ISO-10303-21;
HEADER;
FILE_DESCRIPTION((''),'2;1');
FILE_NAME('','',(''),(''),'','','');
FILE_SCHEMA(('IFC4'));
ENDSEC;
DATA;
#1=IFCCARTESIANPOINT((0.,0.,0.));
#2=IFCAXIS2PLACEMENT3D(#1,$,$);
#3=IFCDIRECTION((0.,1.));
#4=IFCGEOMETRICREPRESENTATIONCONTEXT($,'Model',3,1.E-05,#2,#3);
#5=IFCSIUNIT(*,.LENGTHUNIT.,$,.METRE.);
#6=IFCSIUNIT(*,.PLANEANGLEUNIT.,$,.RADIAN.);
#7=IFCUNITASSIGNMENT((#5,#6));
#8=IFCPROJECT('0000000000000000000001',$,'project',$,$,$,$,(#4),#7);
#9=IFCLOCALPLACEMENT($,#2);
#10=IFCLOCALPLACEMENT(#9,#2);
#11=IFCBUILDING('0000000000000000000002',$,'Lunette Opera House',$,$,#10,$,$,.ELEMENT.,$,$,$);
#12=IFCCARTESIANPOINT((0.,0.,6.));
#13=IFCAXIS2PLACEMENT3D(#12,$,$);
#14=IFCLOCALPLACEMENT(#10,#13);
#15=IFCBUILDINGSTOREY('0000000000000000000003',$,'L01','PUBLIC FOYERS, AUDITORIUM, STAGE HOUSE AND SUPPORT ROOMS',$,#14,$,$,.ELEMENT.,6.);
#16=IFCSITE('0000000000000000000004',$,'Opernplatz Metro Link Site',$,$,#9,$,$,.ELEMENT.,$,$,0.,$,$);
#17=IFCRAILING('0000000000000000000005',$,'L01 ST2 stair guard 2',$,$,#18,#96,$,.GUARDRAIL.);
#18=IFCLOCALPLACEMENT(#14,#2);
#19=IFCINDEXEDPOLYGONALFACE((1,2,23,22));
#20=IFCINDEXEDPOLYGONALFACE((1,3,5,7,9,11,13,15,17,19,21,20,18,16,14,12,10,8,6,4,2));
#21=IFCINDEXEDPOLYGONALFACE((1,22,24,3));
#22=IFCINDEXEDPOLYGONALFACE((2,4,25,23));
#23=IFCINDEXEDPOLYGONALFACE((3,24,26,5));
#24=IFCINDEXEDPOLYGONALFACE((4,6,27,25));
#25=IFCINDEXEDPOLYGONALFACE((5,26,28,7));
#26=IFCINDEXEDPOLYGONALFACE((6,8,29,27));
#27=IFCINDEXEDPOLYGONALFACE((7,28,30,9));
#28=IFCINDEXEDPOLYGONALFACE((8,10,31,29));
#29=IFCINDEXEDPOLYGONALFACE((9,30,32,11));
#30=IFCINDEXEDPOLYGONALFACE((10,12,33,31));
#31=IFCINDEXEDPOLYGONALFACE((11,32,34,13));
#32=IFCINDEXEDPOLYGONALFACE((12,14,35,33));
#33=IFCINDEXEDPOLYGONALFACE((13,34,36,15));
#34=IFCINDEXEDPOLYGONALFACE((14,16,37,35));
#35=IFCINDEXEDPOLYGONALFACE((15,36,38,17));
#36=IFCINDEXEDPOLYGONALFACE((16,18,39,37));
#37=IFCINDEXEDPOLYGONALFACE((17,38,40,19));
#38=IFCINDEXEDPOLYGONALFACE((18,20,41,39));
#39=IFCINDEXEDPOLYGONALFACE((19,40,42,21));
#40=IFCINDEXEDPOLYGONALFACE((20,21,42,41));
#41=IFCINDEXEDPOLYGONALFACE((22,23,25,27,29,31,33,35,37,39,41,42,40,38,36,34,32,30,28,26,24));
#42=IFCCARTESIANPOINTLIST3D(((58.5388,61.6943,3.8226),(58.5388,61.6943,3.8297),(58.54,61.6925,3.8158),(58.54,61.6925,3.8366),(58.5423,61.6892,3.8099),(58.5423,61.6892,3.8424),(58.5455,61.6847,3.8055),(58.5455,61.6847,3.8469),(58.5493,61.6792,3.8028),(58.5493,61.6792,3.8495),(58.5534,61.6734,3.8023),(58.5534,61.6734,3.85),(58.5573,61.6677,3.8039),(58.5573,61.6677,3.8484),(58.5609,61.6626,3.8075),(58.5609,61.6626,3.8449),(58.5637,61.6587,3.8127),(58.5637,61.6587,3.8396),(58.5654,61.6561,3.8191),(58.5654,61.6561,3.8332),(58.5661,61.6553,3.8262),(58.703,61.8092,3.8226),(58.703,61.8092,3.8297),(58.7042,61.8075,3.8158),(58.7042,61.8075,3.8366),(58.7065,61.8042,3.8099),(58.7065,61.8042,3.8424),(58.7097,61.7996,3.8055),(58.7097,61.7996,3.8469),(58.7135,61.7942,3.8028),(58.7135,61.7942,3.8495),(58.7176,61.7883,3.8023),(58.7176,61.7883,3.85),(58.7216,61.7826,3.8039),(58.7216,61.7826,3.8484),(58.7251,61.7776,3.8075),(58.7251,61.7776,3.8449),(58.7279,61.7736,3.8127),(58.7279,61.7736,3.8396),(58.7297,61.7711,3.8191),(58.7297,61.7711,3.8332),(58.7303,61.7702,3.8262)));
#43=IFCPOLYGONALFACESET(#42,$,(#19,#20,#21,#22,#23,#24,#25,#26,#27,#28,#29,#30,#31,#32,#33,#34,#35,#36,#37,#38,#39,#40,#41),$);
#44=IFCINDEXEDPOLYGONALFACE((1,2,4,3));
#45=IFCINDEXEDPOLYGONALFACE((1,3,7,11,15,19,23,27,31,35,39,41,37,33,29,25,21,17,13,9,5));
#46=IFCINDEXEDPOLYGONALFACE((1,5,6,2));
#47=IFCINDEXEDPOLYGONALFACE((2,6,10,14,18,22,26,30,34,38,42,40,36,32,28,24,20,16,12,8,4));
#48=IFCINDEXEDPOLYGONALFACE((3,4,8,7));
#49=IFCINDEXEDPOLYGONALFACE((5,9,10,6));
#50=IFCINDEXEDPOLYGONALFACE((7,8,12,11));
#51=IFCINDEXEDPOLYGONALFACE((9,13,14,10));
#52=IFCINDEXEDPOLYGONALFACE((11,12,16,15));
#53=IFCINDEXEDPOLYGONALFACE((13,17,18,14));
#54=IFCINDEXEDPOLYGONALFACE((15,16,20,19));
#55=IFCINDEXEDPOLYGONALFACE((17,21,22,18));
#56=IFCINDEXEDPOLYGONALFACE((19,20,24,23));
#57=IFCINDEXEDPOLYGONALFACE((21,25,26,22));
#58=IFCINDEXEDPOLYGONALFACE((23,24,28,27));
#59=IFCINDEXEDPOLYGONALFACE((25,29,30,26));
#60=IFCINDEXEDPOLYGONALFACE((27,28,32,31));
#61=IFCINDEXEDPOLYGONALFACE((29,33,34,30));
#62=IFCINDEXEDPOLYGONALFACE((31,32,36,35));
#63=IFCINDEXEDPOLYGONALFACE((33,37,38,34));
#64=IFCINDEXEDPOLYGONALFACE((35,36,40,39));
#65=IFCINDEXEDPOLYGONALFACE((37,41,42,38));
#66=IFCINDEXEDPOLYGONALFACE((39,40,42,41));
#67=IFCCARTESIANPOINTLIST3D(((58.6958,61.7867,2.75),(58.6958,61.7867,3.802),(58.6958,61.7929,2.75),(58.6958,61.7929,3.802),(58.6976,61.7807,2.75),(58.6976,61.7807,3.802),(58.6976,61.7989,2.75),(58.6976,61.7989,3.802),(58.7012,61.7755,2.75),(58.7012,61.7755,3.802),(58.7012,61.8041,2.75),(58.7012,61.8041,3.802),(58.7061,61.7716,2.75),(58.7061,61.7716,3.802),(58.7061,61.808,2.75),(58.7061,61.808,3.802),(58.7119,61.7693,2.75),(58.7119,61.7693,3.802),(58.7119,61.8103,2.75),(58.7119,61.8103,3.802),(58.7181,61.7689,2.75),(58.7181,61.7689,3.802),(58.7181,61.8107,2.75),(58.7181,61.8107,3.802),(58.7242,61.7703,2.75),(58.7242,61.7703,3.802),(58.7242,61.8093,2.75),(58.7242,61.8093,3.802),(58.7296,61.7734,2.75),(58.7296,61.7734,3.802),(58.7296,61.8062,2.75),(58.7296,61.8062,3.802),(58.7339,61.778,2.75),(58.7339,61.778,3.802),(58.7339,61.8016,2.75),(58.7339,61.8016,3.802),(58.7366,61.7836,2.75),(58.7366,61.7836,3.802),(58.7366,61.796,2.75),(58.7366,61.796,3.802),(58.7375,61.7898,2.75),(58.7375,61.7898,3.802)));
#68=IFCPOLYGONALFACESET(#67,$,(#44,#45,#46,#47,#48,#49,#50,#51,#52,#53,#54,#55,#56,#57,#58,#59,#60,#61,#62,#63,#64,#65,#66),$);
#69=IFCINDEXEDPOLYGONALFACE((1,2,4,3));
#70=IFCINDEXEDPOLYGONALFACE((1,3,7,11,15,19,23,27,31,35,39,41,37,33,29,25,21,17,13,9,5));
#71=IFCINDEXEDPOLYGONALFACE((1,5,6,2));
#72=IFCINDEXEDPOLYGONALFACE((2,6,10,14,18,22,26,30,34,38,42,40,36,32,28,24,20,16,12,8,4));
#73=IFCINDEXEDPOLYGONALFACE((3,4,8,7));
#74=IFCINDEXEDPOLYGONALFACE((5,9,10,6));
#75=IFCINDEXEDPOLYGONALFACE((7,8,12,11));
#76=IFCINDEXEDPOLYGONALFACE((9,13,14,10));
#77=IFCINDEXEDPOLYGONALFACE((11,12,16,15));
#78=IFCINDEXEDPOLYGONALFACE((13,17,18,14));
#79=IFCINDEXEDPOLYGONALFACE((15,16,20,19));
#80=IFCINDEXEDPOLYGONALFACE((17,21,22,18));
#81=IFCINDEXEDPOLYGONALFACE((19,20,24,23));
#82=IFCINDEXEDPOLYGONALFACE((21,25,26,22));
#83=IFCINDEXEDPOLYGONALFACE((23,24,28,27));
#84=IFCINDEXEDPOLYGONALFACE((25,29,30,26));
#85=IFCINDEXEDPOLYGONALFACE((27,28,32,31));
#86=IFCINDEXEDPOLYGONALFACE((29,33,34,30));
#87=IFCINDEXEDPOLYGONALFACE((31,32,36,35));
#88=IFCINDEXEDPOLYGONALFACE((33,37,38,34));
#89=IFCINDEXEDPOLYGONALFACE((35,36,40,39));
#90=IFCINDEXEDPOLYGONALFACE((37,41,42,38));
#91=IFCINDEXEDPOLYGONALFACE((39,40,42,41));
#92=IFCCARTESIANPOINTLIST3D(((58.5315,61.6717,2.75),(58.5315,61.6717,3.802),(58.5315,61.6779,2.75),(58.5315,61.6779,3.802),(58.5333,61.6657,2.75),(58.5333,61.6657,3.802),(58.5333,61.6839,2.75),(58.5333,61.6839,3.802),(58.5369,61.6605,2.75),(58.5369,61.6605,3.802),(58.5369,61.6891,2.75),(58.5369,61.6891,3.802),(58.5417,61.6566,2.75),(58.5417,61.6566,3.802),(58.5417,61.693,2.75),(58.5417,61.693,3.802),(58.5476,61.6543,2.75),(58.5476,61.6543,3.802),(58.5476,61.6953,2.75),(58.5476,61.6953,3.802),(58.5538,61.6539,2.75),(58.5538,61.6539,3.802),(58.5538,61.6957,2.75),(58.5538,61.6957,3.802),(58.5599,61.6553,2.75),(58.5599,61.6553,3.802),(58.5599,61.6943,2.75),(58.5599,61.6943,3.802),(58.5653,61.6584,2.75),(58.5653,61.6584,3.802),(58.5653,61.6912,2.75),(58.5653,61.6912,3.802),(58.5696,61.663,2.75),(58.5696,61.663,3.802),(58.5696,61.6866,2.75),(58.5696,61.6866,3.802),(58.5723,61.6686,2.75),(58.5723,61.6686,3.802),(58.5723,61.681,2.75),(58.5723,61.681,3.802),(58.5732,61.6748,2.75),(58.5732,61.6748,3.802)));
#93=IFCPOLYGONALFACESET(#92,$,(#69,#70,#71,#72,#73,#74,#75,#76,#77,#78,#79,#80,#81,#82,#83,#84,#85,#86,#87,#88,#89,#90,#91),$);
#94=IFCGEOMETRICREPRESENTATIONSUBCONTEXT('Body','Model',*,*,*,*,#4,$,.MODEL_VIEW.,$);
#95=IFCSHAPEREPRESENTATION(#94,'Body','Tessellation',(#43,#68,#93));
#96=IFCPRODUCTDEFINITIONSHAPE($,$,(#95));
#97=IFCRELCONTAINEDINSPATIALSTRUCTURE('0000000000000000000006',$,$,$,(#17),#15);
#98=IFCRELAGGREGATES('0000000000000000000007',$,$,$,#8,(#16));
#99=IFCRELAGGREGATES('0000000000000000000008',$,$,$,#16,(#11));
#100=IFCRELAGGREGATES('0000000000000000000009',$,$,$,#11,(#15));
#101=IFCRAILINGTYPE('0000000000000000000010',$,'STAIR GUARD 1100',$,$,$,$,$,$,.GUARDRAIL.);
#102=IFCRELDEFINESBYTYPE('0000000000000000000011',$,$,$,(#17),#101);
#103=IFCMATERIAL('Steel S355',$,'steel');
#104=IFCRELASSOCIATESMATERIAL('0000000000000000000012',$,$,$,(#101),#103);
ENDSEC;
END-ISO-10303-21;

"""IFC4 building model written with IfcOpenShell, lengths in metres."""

from ifc_helpers import new_model, si_unit, direction, frame, origin, origin_2d, place, context, subcontext, project, spatial, circle, extrude, material, type_object, element, save


model = new_model("IFC4")

# Units and contexts
model_context = context("Model", 3, precision=1e-05, world=origin(), true_north=direction((0.0, 1.0)))
body_context = subcontext(model_context, "Body", "Model", "MODEL_VIEW")
ifc_project = project(units=[si_unit("LENGTHUNIT", "METRE"), si_unit("PLANEANGLEUNIT", "RADIAN")], contexts=[model_context])

# Site, building, storey
site_placement = place(None, origin())
site = spatial("IfcSite", under=ifc_project, at=site_placement, Name="Opernplatz Metro Link Site", CompositionType="ELEMENT", RefElevation=0.0)
building_placement = place(site_placement, origin())
building = spatial("IfcBuilding", under=site, at=building_placement, Name="Lunette Opera House", CompositionType="ELEMENT")
storey_placement = place(building_placement, frame((0.0, 0.0, 6.0)))
storey = spatial("IfcBuildingStorey", under=building, at=storey_placement, Name="L01", Description="PUBLIC FOYERS, AUDITORIUM, STAGE HOUSE AND SUPPORT ROOMS", CompositionType="ELEMENT", Elevation=6.0)

# Railing
ifc_material_1 = material(Name="Steel S355", Category="steel")
railing_type_1 = type_object("IfcRailingType", Name="STAIR GUARD 1100", PredefinedType="GUARDRAIL", material=ifc_material_1)
railing_1_placement = place(storey_placement, frame((58.7166, 61.7898, 2.75)))
element("IfcRailing", 1, at=railing_1_placement, inside=storey, type_object=railing_type_1, Name="L01 ST2 stair guard 2", PredefinedType="GUARDRAIL", context=body_context, shape_type="SweptSolid", body=[
    extrude(circle(Radius=0.0239, at=origin_2d()), frame((0.0, 0.0, 1.0762), z_axis=(-0.819289, -0.573381, 0.0), x_axis=(0.573381, -0.819289, 0.0)), (0.0, 0.0, 1.0), 0.2004),
    extrude(circle(Radius=0.021, at=origin_2d()), origin(), (0.0, 0.0, 1.0), 1.052),
    extrude(circle(Radius=0.021, at=origin_2d()), frame((-0.1643, -0.115, 0.0)), (0.0, 0.0, 1.0), 1.052),
])

save(model, "model.ifc")
